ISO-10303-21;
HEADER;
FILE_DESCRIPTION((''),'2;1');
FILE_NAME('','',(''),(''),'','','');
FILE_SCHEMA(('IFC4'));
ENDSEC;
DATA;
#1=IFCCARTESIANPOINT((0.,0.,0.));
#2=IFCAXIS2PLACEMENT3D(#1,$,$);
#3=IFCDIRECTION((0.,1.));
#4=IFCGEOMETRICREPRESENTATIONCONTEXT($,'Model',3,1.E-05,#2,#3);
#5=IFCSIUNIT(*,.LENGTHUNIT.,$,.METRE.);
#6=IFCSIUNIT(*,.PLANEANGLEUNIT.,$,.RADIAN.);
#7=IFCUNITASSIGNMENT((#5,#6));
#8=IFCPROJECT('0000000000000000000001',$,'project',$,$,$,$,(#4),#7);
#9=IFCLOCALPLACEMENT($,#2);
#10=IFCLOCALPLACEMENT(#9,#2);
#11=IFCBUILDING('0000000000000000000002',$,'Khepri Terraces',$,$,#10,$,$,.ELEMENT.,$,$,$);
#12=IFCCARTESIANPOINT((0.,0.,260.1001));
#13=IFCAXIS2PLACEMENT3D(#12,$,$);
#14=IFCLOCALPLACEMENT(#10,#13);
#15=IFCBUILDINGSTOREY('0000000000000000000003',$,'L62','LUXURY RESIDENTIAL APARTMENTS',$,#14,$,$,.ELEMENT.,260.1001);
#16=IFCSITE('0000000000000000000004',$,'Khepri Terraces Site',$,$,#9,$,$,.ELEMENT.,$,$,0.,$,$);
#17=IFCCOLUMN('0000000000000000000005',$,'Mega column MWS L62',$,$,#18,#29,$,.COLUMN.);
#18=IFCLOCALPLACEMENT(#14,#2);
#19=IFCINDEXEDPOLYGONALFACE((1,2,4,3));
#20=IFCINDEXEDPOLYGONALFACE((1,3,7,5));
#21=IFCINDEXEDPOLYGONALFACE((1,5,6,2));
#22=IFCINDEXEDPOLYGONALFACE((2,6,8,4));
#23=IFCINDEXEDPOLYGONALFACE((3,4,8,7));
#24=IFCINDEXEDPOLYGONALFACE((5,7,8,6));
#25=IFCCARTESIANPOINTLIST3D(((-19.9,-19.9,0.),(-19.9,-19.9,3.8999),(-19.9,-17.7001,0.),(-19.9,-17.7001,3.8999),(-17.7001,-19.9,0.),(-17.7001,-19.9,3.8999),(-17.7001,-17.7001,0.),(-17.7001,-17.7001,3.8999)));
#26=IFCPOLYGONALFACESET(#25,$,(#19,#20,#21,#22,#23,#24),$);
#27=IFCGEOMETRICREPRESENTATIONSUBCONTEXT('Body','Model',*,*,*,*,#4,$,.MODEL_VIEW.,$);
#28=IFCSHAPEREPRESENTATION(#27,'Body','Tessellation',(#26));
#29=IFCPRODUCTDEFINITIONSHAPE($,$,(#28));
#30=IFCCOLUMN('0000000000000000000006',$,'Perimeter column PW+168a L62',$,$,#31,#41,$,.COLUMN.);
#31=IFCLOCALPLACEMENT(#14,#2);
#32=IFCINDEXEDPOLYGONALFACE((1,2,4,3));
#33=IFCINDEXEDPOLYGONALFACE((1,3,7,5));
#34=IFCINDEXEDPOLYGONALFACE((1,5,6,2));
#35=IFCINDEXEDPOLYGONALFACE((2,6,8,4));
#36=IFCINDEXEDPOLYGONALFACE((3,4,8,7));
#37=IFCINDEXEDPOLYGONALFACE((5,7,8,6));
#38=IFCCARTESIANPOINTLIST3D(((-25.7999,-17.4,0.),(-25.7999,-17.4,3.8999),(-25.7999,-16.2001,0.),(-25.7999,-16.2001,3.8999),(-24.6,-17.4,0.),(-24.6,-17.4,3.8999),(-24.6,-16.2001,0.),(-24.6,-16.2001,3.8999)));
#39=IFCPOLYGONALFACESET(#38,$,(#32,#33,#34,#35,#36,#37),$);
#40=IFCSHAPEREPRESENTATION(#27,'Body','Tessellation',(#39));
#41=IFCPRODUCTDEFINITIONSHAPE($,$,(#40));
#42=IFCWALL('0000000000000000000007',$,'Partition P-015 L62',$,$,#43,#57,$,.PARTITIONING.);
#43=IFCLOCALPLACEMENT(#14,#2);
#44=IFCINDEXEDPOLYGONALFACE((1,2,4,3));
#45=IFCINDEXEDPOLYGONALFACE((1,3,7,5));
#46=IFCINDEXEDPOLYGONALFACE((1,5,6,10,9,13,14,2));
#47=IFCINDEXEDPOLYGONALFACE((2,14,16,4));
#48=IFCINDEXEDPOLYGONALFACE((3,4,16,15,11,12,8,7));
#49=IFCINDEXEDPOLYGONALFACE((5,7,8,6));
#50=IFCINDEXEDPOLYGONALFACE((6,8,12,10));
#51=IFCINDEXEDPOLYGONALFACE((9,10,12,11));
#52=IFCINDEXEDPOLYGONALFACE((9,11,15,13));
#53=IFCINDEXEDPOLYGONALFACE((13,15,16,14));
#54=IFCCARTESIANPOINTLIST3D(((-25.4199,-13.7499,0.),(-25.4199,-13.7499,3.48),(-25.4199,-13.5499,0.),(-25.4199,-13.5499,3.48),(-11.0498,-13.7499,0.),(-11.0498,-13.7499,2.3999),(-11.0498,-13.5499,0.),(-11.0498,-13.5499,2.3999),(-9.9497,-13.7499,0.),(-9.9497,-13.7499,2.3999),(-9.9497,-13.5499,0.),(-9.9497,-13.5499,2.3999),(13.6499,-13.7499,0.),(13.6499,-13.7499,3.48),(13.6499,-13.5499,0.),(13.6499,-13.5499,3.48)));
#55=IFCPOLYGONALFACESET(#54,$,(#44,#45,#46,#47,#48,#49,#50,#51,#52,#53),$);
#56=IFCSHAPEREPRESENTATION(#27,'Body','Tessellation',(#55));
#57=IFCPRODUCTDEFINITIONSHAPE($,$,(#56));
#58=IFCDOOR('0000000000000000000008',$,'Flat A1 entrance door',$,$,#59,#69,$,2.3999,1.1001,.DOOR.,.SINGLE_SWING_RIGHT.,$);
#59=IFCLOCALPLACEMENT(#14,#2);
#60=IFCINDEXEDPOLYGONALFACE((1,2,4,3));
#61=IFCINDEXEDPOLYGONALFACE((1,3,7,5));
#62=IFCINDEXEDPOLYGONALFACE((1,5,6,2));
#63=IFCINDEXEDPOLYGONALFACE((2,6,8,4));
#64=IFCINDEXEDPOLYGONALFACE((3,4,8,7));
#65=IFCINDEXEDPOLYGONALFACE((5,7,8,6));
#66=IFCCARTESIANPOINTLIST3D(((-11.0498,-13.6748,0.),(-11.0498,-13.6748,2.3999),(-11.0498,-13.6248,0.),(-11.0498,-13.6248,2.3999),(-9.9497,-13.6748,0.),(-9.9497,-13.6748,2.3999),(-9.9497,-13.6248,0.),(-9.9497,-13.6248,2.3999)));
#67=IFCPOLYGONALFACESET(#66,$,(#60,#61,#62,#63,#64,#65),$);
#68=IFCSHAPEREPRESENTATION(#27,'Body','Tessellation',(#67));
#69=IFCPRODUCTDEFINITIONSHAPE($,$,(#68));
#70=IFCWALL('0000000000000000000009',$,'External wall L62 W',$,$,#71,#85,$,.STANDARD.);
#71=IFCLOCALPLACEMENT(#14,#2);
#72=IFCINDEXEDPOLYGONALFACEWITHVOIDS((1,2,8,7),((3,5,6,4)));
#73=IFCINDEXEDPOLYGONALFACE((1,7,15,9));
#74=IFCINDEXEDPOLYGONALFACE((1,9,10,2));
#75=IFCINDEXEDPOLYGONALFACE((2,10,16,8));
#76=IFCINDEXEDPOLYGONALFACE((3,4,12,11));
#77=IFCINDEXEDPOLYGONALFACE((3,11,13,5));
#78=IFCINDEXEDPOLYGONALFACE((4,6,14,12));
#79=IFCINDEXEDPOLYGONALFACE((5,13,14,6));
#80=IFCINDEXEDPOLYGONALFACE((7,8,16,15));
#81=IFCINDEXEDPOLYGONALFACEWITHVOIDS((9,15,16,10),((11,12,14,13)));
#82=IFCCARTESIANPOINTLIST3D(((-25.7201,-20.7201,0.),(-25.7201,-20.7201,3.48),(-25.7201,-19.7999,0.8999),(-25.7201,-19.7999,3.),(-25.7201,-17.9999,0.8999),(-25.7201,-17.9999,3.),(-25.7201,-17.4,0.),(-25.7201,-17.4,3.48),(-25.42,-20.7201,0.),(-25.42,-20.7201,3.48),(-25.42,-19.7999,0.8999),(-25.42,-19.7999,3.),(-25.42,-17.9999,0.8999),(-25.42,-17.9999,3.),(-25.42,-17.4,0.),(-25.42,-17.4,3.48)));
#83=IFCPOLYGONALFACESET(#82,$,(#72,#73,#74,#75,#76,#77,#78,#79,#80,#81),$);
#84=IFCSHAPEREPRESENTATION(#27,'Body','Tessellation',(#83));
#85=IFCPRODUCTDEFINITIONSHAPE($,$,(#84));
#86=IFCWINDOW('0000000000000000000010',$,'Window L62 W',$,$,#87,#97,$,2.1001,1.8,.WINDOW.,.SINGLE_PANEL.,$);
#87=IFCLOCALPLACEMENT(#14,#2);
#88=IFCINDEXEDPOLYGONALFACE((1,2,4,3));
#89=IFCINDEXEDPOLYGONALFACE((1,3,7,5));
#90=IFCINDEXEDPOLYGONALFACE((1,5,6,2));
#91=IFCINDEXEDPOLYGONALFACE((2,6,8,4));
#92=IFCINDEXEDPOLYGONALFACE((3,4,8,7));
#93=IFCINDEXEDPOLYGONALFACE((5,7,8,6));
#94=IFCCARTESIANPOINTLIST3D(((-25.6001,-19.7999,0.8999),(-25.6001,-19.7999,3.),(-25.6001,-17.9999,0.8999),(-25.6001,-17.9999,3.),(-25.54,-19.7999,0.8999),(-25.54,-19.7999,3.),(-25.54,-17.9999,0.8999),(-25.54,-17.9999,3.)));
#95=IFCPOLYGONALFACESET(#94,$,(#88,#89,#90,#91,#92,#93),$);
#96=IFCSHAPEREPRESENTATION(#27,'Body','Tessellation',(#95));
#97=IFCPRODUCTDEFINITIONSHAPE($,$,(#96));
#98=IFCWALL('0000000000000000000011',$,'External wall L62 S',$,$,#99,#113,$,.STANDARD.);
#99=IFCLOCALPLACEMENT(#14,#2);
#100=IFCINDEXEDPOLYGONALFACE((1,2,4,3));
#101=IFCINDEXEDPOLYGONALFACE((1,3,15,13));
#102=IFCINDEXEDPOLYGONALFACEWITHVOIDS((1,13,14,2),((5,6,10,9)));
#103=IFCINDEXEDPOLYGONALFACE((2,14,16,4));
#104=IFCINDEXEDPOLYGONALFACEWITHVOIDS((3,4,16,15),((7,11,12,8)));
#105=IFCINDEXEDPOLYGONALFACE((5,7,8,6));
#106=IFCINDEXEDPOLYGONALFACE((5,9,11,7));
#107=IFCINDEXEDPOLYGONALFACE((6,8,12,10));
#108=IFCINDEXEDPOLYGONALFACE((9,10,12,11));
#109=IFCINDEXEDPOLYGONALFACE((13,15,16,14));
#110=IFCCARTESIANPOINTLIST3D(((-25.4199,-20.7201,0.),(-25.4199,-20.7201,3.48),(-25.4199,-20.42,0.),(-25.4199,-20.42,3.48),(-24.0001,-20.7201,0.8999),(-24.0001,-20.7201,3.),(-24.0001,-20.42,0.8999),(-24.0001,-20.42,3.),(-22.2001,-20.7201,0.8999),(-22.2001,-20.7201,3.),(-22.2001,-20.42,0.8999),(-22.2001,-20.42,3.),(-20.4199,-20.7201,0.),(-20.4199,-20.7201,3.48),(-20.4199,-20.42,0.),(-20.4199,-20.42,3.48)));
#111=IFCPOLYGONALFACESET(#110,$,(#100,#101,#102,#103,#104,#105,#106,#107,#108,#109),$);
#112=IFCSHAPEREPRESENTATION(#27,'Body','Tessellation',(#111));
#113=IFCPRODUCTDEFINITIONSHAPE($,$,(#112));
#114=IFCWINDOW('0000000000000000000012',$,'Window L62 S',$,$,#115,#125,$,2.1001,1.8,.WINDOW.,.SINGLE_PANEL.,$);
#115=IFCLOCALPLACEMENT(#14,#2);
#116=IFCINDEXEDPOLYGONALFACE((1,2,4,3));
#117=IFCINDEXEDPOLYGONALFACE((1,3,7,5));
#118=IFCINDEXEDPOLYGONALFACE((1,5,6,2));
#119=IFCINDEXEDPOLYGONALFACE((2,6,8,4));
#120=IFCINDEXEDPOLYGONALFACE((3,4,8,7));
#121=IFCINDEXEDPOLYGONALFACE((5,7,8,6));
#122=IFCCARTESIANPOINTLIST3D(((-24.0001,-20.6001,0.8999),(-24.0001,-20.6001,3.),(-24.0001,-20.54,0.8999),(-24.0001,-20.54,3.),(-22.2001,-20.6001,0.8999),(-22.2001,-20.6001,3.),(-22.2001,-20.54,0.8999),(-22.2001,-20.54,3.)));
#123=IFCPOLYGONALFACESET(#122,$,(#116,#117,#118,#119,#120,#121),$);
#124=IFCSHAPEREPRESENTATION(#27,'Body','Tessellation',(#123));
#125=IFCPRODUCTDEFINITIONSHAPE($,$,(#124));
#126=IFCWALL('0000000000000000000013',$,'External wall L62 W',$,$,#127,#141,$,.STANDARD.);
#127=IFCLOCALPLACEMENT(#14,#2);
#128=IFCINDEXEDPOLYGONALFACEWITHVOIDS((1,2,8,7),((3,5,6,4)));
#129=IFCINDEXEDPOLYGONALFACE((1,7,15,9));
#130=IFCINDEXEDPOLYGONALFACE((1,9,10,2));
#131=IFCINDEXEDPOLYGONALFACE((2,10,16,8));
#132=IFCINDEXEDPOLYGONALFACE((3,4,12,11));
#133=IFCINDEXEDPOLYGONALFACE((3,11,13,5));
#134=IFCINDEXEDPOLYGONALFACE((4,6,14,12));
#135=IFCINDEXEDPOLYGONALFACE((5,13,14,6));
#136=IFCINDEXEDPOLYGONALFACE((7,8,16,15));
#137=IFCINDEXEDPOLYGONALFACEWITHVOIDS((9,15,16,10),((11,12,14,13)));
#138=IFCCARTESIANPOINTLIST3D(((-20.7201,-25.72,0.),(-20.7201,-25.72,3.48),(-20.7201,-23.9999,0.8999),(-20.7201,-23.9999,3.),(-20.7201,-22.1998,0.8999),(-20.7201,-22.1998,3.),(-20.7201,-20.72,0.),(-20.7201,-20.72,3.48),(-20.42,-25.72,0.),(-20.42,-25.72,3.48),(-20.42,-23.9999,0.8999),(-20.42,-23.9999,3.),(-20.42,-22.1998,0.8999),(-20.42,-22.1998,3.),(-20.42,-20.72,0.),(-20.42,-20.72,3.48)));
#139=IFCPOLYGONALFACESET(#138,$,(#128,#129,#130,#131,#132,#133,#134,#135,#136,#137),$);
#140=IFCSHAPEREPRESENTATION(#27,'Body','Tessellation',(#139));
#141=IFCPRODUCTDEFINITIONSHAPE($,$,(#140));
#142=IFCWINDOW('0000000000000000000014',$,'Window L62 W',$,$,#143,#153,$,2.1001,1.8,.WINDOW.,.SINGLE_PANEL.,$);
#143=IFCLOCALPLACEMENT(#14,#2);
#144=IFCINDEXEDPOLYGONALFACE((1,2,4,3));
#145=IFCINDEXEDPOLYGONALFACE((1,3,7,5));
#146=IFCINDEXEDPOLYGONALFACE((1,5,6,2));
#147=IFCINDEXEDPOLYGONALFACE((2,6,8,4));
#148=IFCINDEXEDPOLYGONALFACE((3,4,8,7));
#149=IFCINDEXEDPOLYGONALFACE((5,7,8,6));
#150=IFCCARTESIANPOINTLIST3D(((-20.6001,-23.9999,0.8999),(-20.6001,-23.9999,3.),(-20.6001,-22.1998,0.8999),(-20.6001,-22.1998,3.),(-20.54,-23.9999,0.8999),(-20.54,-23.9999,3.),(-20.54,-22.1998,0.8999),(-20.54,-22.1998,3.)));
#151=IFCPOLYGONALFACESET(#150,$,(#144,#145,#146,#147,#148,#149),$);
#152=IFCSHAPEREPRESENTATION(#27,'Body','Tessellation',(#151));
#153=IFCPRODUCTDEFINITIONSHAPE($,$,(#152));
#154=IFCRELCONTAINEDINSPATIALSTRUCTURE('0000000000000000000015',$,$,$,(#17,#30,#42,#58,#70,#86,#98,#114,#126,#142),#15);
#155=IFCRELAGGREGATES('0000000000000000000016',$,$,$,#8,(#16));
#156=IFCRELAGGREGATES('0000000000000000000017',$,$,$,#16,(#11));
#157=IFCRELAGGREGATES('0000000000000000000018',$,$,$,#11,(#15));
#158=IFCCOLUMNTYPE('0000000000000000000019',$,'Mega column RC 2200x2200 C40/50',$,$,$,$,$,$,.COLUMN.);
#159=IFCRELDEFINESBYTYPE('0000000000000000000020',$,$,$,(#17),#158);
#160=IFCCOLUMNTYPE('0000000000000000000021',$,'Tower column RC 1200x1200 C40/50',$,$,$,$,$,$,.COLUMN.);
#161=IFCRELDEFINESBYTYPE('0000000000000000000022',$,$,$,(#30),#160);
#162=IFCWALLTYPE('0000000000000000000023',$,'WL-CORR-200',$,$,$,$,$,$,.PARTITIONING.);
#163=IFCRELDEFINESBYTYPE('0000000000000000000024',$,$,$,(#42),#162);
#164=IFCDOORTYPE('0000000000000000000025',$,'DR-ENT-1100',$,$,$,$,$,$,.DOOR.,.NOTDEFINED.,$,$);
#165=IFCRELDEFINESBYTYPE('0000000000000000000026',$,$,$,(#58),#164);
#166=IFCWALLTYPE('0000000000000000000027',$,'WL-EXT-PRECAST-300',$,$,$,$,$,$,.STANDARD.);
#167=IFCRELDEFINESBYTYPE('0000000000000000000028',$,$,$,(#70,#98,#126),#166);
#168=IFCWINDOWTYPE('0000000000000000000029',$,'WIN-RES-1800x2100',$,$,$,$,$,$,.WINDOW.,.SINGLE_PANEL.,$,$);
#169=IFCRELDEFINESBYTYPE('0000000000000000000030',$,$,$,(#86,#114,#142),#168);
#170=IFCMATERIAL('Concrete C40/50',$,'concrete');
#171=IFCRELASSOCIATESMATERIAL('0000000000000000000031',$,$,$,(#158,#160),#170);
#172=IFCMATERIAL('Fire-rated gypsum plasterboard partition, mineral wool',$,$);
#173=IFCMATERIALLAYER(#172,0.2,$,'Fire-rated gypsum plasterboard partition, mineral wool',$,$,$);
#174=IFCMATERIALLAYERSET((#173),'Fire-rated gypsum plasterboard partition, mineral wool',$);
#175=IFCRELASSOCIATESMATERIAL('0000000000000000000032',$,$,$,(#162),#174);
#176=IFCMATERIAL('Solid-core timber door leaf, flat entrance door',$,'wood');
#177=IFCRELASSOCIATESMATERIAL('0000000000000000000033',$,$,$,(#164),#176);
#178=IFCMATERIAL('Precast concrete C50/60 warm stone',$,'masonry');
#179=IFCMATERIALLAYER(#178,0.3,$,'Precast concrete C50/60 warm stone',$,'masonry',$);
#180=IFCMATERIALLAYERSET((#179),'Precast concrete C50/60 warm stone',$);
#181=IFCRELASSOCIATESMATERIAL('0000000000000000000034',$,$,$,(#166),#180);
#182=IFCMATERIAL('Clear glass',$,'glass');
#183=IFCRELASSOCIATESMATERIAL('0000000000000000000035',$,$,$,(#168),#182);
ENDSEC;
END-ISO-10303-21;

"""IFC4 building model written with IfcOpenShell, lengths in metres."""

from ifc_helpers import new_model, si_unit, direction, frame, frame_2d, origin, origin_2d, place, context, subcontext, project, spatial, rectangle, extrude, material, layer, layer_set, material_profile, profile_set, type_object, element, fill, save


model = new_model("IFC4")

# Units and contexts
model_context = context("Model", 3, precision=1e-05, world=origin(), true_north=direction((0.0, 1.0)))
body_context = subcontext(model_context, "Body", "Model", "MODEL_VIEW")
ifc_project = project(units=[si_unit("LENGTHUNIT", "METRE"), si_unit("PLANEANGLEUNIT", "RADIAN")], contexts=[model_context])

# Site, building, storey
site_placement = place(None, origin())
site = spatial("IfcSite", under=ifc_project, at=site_placement, Name="Khepri Terraces Site", CompositionType="ELEMENT", RefElevation=0.0)
building_placement = place(site_placement, origin())
building = spatial("IfcBuilding", under=site, at=building_placement, Name="Khepri Terraces", CompositionType="ELEMENT")
storey_placement = place(building_placement, frame((0.0, 0.0, 260.1001)))
storey = spatial("IfcBuildingStorey", under=building, at=storey_placement, Name="L62", Description="LUXURY RESIDENTIAL APARTMENTS", CompositionType="ELEMENT", Elevation=260.1001)

# Columns
ifc_material_1 = material(Name="Concrete C40/50", Category="concrete")
ifc_material_profile_1 = material_profile(ifc_material_1, rectangle(XDim=2.2, YDim=2.2, at=origin_2d()), Name="Concrete C40/50", Category="concrete")
ifc_profile_set_1 = profile_set([ifc_material_profile_1], Name="Concrete C40/50")
column_type_1 = type_object("IfcColumnType", Name="Mega column RC 2200x2200 C40/50", PredefinedType="COLUMN", material=ifc_profile_set_1)
column_1_placement = place(storey_placement, frame((-18.8, -18.8, 0.0), z_axis=(0.0, 0.0, 1.0), x_axis=(1.0, 0.0, 0.0)))
element("IfcColumn", 1, at=column_1_placement, inside=storey, type_object=column_type_1, Name="Mega column MWS L62", PredefinedType="COLUMN", context=body_context, shape_type="SweptSolid", body=[
    extrude(rectangle(XDim=2.2, YDim=2.2, at=origin_2d()), origin(), (0.0, 0.0, 1.0), 3.8999),
])
ifc_material_profile_2 = material_profile(ifc_material_1, rectangle(XDim=1.2, YDim=1.2, at=origin_2d()), Name="Concrete C40/50", Category="concrete")
ifc_profile_set_2 = profile_set([ifc_material_profile_2], Name="Concrete C40/50")
column_type_2 = type_object("IfcColumnType", Name="Tower column RC 1200x1200 C40/50", PredefinedType="COLUMN", material=ifc_profile_set_2)
column_2_placement = place(storey_placement, frame((-25.2, -16.8, 0.0), z_axis=(0.0, 0.0, 1.0), x_axis=(1.0, 0.0, 0.0)))
element("IfcColumn", 2, at=column_2_placement, inside=storey, type_object=column_type_2, Name="Perimeter column PW+168a L62", PredefinedType="COLUMN", context=body_context, shape_type="SweptSolid", body=[
    extrude(rectangle(XDim=1.2, YDim=1.2, at=origin_2d()), origin(), (0.0, 0.0, 1.0), 3.8999),
])

# Wall, opening, door
ifc_material_2 = material(Name="Fire-rated gypsum plasterboard partition, mineral wool")
ifc_layer_1 = layer(ifc_material_2, 0.2, Name="Fire-rated gypsum plasterboard partition, mineral wool")
ifc_layer_set_1 = layer_set([ifc_layer_1], Name="Fire-rated gypsum plasterboard partition, mineral wool")
wall_type_1 = type_object("IfcWallType", Name="WL-CORR-200", PredefinedType="PARTITIONING", material=ifc_layer_set_1)
wall_1_placement = place(storey_placement, frame((-25.4199, -13.6499, 0.0), z_axis=(0.0, 0.0, 1.0), x_axis=(1.0, 0.0, 0.0)))
wall_1 = element("IfcWall", 3, at=wall_1_placement, inside=storey, type_object=wall_type_1, Name="Partition P-015 L62", PredefinedType="PARTITIONING", context=body_context, shape_type="SweptSolid", body=[
    extrude(rectangle(XDim=39.0698, YDim=0.2, at=frame_2d((19.5349, 0.0))), origin(), (0.0, 0.0, 1.0), 3.48),
])
opening_1_placement = place(wall_1_placement, frame((14.3701, 0.0, 0.0)))
opening_1 = element("IfcOpeningElement", 4, at=opening_1_placement, cuts=wall_1, PredefinedType="OPENING", context=body_context, shape_type="SweptSolid", body=[
    extrude(rectangle(XDim=1.1001, YDim=2.3999, at=frame_2d((0.55, 1.2))), frame((0.0, 0.1099, 0.0), z_axis=(0.0, -1.0, 0.0), x_axis=(1.0, 0.0, 0.0)), (0.0, 0.0, 1.0), 0.22),
])
ifc_material_3 = material(Name="Solid-core timber door leaf, flat entrance door", Category="wood")
door_type_1 = type_object("IfcDoorType", Name="DR-ENT-1100", OperationType="NOTDEFINED", PredefinedType="DOOR", material=ifc_material_3)
door_1_placement = place(opening_1_placement, frame((1.1001, 0.0, 0.0), z_axis=(0.0, 0.0, 1.0), x_axis=(-1.0, 0.0, 0.0)))
door_1 = element("IfcDoor", 5, at=door_1_placement, inside=storey, type_object=door_type_1, Name="Flat A1 entrance door", OperationType="SINGLE_SWING_RIGHT", OverallHeight=2.3999, OverallWidth=1.1001, PredefinedType="DOOR", context=body_context, shape_type="SweptSolid", body=[
    extrude(rectangle(XDim=1.1001, YDim=2.3999, at=frame_2d((0.55, 1.2))), frame((0.0, 0.0249, 0.0), z_axis=(0.0, -1.0, 0.0), x_axis=(1.0, 0.0, 0.0)), (0.0, 0.0, 1.0), 0.05),
])
fill(opening_1, door_1)

# Walls, openings, windows
ifc_material_4 = material(Name="Precast concrete C50/60 warm stone", Category="masonry")
ifc_layer_2 = layer(ifc_material_4, 0.3, Name="Precast concrete C50/60 warm stone", Category="masonry")
ifc_layer_set_2 = layer_set([ifc_layer_2], Name="Precast concrete C50/60 warm stone")
wall_type_2 = type_object("IfcWallType", Name="WL-EXT-PRECAST-300", PredefinedType="STANDARD", material=ifc_layer_set_2)
wall_2_placement = place(storey_placement, frame((-25.5701, -17.3999, 0.0), z_axis=(0.0, 0.0, 1.0), x_axis=(0.0, -1.0, 0.0)))
wall_2 = element("IfcWall", 6, at=wall_2_placement, inside=storey, type_object=wall_type_2, Name="External wall L62 W", PredefinedType="STANDARD", context=body_context, shape_type="SweptSolid", body=[
    extrude(rectangle(XDim=3.3201, YDim=0.3, at=frame_2d((1.6602, 0.0))), origin(), (0.0, 0.0, 1.0), 3.48),
])
opening_2_placement = place(wall_2_placement, frame((0.6001, 0.0, 0.8999)))
opening_2 = element("IfcOpeningElement", 7, at=opening_2_placement, cuts=wall_2, PredefinedType="OPENING", context=body_context, shape_type="SweptSolid", body=[
    extrude(rectangle(XDim=1.8, YDim=2.1001, at=frame_2d((0.8999, 1.05))), frame((0.0, 0.1602, 0.0), z_axis=(0.0, -1.0, 0.0), x_axis=(1.0, 0.0, 0.0)), (0.0, 0.0, 1.0), 0.3201),
])
ifc_material_5 = material(Name="Clear glass", Category="glass")
window_type = type_object("IfcWindowType", Name="WIN-RES-1800x2100", PartitioningType="SINGLE_PANEL", PredefinedType="WINDOW", material=ifc_material_5)
window_1_placement = place(opening_2_placement, origin())
window_1 = element("IfcWindow", 8, at=window_1_placement, inside=storey, type_object=window_type, Name="Window L62 W", OverallHeight=2.1001, OverallWidth=1.8, PartitioningType="SINGLE_PANEL", PredefinedType="WINDOW", context=body_context, shape_type="SweptSolid", body=[
    extrude(rectangle(XDim=1.8, YDim=2.1001, at=frame_2d((0.8999, 1.05))), frame((0.0, 0.03, 0.0), z_axis=(0.0, -1.0, 0.0), x_axis=(1.0, 0.0, 0.0)), (0.0, 0.0, 1.0), 0.0601),
])
fill(opening_2, window_1)
wall_3_placement = place(storey_placement, frame((-25.4199, -20.5701, 0.0), z_axis=(0.0, 0.0, 1.0), x_axis=(1.0, 0.0, 0.0)))
wall_3 = element("IfcWall", 9, at=wall_3_placement, inside=storey, type_object=wall_type_2, Name="External wall L62 S", PredefinedType="STANDARD", context=body_context, shape_type="SweptSolid", body=[
    extrude(rectangle(XDim=5.0, YDim=0.3, at=frame_2d((2.5, 0.0))), origin(), (0.0, 0.0, 1.0), 3.48),
])
opening_3_placement = place(wall_3_placement, frame((1.4199, 0.0, 0.8999)))
opening_3 = element("IfcOpeningElement", 10, at=opening_3_placement, cuts=wall_3, PredefinedType="OPENING", context=body_context, shape_type="SweptSolid", body=[
    extrude(rectangle(XDim=1.8, YDim=2.1001, at=frame_2d((0.8999, 1.05))), frame((0.0, 0.1602, 0.0), z_axis=(0.0, -1.0, 0.0), x_axis=(1.0, 0.0, 0.0)), (0.0, 0.0, 1.0), 0.3201),
])
window_2_placement = place(opening_3_placement, origin())
window_2 = element("IfcWindow", 11, at=window_2_placement, inside=storey, type_object=window_type, Name="Window L62 S", OverallHeight=2.1001, OverallWidth=1.8, PartitioningType="SINGLE_PANEL", PredefinedType="WINDOW", context=body_context, shape_type="SweptSolid", body=[
    extrude(rectangle(XDim=1.8, YDim=2.1001, at=frame_2d((0.8999, 1.05))), frame((0.0, 0.03, 0.0), z_axis=(0.0, -1.0, 0.0), x_axis=(1.0, 0.0, 0.0)), (0.0, 0.0, 1.0), 0.0601),
])
fill(opening_3, window_2)
wall_4_placement = place(storey_placement, frame((-20.5701, -20.72, 0.0), z_axis=(0.0, 0.0, 1.0), x_axis=(0.0, -1.0, 0.0)))
wall_4 = element("IfcWall", 12, at=wall_4_placement, inside=storey, type_object=wall_type_2, Name="External wall L62 W", PredefinedType="STANDARD", context=body_context, shape_type="SweptSolid", body=[
    extrude(rectangle(XDim=5.0, YDim=0.3, at=frame_2d((2.5, 0.0))), origin(), (0.0, 0.0, 1.0), 3.48),
])
opening_4_placement = place(wall_4_placement, frame((1.48, 0.0, 0.8999)))
opening_4 = element("IfcOpeningElement", 13, at=opening_4_placement, cuts=wall_4, PredefinedType="OPENING", context=body_context, shape_type="SweptSolid", body=[
    extrude(rectangle(XDim=1.8, YDim=2.1001, at=frame_2d((0.8999, 1.05))), frame((0.0, 0.1602, 0.0), z_axis=(0.0, -1.0, 0.0), x_axis=(1.0, 0.0, 0.0)), (0.0, 0.0, 1.0), 0.3201),
])
window_3_placement = place(opening_4_placement, origin())
window_3 = element("IfcWindow", 14, at=window_3_placement, inside=storey, type_object=window_type, Name="Window L62 W", OverallHeight=2.1001, OverallWidth=1.8, PartitioningType="SINGLE_PANEL", PredefinedType="WINDOW", context=body_context, shape_type="SweptSolid", body=[
    extrude(rectangle(XDim=1.8, YDim=2.1001, at=frame_2d((0.8999, 1.05))), frame((0.0, 0.03, 0.0), z_axis=(0.0, -1.0, 0.0), x_axis=(1.0, 0.0, 0.0)), (0.0, 0.0, 1.0), 0.0601),
])
fill(opening_4, window_3)

save(model, "model.ifc")
